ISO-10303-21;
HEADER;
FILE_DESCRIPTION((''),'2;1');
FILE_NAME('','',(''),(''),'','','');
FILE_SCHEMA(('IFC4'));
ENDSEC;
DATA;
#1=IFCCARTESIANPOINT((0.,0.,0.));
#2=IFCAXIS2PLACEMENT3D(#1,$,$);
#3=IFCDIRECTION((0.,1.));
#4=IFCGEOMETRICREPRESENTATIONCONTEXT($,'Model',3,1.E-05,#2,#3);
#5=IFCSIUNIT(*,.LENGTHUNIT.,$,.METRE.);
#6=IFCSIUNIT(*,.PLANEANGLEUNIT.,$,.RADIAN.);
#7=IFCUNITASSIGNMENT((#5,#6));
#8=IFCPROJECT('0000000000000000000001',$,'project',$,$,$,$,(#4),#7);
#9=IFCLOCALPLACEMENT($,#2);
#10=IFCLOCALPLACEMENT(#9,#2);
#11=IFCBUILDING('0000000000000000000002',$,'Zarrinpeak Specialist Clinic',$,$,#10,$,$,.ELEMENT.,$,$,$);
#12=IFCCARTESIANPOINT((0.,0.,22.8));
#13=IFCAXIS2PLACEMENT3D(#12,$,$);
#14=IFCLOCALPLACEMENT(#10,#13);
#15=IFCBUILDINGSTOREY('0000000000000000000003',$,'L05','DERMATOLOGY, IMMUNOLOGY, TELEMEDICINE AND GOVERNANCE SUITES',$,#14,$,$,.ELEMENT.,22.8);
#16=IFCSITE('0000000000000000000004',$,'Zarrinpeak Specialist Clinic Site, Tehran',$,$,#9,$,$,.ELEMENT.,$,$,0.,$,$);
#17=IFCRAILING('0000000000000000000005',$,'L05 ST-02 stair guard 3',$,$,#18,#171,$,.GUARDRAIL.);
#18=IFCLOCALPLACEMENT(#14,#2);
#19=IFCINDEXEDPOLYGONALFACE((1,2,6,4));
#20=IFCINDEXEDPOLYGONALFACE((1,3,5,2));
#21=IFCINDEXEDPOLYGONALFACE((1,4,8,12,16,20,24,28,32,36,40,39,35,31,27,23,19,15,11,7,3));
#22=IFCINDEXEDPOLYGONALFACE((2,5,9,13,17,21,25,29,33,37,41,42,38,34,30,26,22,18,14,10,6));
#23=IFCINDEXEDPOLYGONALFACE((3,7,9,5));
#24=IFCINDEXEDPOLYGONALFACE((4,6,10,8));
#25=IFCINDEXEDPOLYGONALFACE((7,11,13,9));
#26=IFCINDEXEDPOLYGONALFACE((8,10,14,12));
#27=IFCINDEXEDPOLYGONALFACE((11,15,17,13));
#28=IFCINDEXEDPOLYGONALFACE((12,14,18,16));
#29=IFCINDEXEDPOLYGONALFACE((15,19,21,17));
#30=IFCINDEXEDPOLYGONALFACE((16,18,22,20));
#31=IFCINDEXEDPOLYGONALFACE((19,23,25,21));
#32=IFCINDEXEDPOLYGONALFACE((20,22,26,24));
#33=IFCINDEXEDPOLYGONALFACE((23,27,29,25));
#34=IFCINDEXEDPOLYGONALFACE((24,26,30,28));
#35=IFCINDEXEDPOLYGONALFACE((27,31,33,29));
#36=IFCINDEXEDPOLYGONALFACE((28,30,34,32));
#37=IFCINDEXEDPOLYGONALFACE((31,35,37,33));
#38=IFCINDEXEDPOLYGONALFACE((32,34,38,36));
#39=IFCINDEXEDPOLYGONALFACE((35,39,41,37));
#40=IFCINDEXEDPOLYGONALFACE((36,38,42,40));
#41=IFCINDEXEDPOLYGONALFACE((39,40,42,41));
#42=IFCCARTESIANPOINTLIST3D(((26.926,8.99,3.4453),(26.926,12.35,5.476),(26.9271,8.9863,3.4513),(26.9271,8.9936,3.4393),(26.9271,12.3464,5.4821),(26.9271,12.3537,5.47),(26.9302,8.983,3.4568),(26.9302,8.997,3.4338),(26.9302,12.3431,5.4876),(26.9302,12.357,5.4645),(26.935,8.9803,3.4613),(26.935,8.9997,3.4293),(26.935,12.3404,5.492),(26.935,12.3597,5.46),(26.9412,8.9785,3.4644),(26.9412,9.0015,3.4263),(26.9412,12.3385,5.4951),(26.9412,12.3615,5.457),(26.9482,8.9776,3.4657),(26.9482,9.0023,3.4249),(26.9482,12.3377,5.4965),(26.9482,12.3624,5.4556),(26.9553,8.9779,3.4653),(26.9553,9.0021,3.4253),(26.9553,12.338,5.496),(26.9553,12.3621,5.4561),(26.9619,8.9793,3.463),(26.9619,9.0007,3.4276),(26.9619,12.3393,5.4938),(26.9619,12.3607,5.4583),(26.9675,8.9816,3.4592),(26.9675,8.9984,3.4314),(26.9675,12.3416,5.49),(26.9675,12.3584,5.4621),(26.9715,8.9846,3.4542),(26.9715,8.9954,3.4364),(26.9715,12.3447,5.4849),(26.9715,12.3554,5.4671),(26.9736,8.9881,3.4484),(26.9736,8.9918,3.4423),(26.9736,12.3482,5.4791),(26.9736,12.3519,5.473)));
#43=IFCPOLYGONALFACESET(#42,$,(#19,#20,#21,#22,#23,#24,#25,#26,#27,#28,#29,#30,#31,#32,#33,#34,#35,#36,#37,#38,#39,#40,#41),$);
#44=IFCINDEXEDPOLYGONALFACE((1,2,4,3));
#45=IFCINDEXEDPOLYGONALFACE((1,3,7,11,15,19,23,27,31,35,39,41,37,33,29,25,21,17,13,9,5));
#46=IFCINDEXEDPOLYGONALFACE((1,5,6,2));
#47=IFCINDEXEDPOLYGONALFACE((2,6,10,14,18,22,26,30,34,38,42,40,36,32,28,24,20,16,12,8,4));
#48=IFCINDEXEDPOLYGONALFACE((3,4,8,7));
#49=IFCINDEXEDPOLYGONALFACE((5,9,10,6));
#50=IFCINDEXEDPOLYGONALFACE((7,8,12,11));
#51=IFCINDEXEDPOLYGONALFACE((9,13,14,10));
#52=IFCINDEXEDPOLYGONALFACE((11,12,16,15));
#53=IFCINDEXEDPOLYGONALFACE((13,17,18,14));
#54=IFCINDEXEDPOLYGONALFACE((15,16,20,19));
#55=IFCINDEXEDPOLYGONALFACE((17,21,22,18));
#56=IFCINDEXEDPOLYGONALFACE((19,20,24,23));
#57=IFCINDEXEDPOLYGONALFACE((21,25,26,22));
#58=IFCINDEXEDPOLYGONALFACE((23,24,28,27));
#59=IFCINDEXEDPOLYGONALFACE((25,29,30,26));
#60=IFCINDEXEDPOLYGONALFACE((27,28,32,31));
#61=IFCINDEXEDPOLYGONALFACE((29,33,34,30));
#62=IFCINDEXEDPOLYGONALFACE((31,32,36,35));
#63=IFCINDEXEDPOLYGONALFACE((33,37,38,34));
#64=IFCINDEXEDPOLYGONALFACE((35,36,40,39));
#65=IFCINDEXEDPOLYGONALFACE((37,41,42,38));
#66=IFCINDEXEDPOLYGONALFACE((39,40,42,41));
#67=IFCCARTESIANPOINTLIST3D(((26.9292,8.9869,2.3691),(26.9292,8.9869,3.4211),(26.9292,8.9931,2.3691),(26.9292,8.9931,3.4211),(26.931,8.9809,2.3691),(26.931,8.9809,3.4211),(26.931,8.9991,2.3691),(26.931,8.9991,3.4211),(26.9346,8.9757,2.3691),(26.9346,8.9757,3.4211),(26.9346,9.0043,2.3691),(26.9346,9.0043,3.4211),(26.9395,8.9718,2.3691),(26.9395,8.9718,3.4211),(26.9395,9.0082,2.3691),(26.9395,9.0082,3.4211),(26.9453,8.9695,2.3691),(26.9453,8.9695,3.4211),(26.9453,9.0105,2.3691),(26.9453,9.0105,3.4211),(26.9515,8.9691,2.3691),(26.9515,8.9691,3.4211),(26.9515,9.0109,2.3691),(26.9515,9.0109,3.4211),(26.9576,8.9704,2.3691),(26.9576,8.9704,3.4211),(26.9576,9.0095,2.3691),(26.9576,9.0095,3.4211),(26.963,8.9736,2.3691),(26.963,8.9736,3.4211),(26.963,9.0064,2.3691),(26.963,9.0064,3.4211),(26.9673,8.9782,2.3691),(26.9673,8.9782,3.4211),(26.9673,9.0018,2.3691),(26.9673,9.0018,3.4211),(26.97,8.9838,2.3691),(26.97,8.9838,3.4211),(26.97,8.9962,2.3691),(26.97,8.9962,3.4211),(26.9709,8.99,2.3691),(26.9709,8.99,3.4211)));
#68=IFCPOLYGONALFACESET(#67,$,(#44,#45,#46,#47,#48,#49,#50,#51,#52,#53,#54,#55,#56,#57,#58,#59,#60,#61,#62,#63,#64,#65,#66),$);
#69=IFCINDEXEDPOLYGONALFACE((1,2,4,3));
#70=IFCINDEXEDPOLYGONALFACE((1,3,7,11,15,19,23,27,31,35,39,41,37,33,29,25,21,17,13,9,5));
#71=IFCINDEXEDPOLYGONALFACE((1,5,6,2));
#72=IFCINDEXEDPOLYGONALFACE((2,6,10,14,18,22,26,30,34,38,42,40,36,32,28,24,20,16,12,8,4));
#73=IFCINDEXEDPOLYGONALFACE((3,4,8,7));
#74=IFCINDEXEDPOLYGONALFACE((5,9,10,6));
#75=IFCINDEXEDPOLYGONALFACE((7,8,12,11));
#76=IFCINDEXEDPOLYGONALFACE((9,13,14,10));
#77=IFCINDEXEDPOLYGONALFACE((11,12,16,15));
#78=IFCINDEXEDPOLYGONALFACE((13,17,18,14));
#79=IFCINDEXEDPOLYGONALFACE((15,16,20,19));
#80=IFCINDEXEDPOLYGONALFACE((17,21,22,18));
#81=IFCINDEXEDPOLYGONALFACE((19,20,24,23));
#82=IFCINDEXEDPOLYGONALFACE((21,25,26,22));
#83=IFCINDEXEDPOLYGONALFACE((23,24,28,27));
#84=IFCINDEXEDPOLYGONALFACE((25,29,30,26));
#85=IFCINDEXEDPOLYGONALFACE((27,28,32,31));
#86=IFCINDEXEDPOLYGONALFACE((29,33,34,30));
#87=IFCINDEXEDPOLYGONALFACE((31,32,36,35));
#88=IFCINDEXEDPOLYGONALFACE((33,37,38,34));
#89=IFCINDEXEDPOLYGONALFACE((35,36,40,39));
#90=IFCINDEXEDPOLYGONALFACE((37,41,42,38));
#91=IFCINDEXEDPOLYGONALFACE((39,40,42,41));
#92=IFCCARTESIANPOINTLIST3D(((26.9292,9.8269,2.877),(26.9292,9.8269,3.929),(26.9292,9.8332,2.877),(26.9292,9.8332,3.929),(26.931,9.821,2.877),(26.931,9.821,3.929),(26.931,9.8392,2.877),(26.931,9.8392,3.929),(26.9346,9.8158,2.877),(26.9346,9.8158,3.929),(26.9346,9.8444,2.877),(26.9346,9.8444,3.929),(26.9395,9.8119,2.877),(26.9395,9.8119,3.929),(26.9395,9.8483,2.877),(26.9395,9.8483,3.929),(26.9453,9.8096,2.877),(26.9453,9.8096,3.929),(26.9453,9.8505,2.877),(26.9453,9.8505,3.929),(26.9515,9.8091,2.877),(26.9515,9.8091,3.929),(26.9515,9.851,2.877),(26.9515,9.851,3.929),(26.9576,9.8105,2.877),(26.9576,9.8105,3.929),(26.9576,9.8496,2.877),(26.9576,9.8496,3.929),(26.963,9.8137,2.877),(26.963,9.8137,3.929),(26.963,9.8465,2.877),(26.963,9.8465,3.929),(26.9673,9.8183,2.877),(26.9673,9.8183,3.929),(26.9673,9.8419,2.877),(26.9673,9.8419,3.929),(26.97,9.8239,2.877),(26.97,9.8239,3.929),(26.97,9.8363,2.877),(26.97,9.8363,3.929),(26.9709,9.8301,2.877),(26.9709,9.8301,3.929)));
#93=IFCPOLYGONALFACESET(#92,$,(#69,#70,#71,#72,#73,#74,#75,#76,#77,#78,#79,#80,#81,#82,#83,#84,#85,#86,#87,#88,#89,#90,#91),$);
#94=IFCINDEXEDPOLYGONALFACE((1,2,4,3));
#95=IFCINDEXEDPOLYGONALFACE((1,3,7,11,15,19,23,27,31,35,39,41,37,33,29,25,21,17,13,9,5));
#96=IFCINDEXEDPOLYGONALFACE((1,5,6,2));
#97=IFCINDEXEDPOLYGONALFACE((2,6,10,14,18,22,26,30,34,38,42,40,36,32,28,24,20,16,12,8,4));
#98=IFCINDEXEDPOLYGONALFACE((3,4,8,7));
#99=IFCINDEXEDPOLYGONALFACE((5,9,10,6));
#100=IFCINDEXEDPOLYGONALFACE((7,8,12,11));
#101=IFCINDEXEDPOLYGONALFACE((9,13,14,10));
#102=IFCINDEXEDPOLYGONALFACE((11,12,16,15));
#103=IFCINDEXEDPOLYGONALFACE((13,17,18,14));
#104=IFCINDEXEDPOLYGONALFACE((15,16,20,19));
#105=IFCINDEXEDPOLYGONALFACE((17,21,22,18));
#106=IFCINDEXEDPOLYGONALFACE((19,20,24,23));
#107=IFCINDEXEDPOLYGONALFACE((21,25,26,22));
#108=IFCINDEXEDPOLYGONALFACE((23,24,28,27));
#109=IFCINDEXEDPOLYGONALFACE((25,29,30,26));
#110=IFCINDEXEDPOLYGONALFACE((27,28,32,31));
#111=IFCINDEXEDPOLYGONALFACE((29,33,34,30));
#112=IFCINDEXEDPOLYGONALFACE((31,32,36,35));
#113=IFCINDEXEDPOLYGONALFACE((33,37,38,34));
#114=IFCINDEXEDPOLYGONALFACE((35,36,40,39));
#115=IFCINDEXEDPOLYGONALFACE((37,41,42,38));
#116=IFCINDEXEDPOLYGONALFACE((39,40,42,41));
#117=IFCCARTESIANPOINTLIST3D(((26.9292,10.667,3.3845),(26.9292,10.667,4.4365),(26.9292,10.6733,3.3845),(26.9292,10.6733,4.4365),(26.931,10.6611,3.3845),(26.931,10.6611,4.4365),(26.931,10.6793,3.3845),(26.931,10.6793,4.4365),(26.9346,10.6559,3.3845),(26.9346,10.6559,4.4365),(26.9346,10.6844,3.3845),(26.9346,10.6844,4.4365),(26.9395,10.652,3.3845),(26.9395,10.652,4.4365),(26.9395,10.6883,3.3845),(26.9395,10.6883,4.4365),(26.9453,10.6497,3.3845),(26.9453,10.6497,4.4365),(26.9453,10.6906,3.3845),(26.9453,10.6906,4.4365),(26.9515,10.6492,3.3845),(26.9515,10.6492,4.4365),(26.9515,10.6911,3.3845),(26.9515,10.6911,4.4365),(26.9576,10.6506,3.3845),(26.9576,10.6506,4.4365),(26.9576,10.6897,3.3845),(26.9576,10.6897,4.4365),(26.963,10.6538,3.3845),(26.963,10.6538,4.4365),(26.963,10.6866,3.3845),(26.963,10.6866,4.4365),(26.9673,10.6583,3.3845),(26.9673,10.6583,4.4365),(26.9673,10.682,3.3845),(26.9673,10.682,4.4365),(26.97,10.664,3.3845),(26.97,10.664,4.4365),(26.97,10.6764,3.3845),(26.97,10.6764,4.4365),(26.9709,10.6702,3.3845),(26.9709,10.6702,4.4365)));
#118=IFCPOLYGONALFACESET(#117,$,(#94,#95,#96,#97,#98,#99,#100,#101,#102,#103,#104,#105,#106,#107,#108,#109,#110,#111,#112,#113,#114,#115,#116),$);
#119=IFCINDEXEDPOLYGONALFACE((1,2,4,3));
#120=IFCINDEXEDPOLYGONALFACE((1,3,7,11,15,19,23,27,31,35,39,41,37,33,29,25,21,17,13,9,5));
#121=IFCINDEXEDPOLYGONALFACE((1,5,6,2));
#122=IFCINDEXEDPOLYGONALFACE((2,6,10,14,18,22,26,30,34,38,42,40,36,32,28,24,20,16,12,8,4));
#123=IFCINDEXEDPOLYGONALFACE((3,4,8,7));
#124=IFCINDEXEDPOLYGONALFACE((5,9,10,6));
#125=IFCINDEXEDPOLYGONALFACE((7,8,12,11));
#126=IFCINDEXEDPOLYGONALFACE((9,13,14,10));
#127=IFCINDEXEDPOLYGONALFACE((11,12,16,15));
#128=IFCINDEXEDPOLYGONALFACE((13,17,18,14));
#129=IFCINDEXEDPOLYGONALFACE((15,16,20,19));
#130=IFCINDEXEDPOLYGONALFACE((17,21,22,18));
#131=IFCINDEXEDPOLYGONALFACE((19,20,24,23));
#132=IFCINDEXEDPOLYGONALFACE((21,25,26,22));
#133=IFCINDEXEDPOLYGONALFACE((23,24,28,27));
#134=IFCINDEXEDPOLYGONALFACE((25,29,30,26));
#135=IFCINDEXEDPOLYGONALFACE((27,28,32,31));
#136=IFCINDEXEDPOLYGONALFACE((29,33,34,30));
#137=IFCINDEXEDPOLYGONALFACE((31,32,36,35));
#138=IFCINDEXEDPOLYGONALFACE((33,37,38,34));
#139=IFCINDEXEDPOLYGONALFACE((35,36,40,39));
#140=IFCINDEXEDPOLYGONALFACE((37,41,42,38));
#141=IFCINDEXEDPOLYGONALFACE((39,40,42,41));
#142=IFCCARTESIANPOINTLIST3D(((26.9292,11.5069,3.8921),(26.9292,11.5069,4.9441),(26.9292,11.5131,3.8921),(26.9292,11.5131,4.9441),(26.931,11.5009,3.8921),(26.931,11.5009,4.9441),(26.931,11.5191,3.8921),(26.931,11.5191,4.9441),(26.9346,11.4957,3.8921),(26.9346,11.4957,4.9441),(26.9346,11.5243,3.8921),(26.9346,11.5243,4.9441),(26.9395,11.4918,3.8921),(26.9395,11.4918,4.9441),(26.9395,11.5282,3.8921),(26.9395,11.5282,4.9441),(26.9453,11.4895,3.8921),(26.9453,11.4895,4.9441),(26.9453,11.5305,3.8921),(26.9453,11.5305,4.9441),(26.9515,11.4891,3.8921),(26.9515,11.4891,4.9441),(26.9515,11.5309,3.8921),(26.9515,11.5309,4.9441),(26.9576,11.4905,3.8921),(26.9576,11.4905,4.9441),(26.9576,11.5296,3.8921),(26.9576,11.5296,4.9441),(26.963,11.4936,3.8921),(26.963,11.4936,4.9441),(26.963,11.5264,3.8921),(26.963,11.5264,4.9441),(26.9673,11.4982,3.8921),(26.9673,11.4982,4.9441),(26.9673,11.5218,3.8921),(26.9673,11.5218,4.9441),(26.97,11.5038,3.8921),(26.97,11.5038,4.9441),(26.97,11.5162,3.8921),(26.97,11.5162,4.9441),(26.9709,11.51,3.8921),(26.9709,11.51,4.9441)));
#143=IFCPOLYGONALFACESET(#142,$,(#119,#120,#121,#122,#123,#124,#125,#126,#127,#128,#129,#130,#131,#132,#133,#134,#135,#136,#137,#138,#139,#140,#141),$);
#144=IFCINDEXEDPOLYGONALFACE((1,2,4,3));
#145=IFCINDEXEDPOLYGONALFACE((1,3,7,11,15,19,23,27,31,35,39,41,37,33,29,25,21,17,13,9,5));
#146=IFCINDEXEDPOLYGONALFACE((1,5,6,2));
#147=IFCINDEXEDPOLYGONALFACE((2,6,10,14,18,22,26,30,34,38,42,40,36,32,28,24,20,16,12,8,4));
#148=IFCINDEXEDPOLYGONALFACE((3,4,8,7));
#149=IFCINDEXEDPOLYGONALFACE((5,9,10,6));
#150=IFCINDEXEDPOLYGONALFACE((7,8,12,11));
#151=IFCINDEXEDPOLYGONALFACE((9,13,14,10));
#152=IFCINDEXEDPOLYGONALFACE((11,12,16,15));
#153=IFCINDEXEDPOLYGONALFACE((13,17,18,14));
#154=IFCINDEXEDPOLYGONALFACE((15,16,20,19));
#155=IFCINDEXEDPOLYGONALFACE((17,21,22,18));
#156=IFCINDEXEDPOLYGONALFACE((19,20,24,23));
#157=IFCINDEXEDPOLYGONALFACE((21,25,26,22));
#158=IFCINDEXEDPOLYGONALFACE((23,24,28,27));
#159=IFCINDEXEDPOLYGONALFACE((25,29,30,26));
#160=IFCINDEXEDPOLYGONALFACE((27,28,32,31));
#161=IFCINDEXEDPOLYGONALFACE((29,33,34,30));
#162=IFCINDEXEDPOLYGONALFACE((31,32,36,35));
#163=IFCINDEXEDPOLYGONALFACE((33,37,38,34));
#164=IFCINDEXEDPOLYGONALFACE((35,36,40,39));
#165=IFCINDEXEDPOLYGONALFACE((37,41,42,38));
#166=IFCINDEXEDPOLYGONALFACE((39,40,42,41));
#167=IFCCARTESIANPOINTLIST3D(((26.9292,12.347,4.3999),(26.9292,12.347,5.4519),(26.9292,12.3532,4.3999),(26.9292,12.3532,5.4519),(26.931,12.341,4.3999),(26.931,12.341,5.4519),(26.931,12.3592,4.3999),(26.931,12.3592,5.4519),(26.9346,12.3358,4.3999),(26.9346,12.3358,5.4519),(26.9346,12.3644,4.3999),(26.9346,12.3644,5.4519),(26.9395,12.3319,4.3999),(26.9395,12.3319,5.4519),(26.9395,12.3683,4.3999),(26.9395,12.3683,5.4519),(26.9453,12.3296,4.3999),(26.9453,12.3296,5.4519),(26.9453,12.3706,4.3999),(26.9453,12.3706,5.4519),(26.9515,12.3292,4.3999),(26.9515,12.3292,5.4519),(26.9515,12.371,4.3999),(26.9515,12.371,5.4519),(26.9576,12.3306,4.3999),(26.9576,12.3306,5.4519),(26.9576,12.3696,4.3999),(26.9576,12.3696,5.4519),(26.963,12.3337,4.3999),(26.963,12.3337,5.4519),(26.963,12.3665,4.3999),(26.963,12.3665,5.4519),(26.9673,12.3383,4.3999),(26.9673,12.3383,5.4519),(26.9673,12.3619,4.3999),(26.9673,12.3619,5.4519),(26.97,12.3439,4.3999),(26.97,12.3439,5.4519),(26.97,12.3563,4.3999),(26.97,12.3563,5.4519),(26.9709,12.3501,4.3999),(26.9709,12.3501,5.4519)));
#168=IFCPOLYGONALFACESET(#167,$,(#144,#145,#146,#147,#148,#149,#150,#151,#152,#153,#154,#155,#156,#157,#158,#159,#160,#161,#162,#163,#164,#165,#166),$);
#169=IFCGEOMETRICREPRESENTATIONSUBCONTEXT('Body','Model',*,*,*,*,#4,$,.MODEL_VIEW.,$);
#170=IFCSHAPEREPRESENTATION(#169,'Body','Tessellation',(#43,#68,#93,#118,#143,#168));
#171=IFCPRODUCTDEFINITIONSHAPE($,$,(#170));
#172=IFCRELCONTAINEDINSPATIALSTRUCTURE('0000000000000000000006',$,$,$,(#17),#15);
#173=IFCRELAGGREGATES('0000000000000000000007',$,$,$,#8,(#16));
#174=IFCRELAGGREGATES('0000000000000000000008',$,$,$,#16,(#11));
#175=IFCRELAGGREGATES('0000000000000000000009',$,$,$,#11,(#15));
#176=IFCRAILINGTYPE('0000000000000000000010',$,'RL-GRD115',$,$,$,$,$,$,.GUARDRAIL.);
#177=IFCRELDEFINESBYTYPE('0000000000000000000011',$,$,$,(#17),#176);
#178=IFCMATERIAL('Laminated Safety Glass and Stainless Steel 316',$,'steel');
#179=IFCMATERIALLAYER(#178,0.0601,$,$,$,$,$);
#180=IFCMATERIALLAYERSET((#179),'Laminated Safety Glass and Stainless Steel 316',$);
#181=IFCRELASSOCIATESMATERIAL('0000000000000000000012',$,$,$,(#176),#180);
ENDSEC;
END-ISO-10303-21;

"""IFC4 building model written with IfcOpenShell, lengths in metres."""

from ifc_helpers import new_model, si_unit, direction, frame, origin, origin_2d, place, context, subcontext, project, spatial, circle, extrude, material, layer, layer_set, type_object, element, save


model = new_model("IFC4")

# Units and contexts
model_context = context("Model", 3, precision=1e-05, world=origin(), true_north=direction((0.0, 1.0)))
body_context = subcontext(model_context, "Body", "Model", "MODEL_VIEW")
ifc_project = project(units=[si_unit("LENGTHUNIT", "METRE"), si_unit("PLANEANGLEUNIT", "RADIAN")], contexts=[model_context])

# Site, building, storey
site_placement = place(None, origin())
site = spatial("IfcSite", under=ifc_project, at=site_placement, Name="Zarrinpeak Specialist Clinic Site, Tehran", CompositionType="ELEMENT", RefElevation=0.0)
building_placement = place(site_placement, origin())
building = spatial("IfcBuilding", under=site, at=building_placement, Name="Zarrinpeak Specialist Clinic", CompositionType="ELEMENT")
storey_placement = place(building_placement, frame((0.0, 0.0, 22.8)))
storey = spatial("IfcBuildingStorey", under=building, at=storey_placement, Name="L05", Description="DERMATOLOGY, IMMUNOLOGY, TELEMEDICINE AND GOVERNANCE SUITES", CompositionType="ELEMENT", Elevation=22.8)

# Railing
ifc_material_1 = material(Name="Laminated Safety Glass and Stainless Steel 316", Category="steel")
ifc_layer_1 = layer(ifc_material_1, 0.0601)
ifc_layer_set_1 = layer_set([ifc_layer_1], Name="Laminated Safety Glass and Stainless Steel 316")
railing_type = type_object("IfcRailingType", Name="RL-GRD115", PredefinedType="GUARDRAIL", material=ifc_layer_set_1)
railing_1_placement = place(storey_placement, frame((26.95, 8.99, 2.3691)))
element("IfcRailing", 1, at=railing_1_placement, inside=storey, type_object=railing_type, Name="L05 ST-02 stair guard 3", PredefinedType="GUARDRAIL", context=body_context, shape_type="SweptSolid", body=[
    extrude(circle(Radius=0.0239, at=origin_2d()), frame((0.0, 0.0, 1.0762), z_axis=(0.0, 0.855837, 0.517246), x_axis=(-1.0, 0.0, 0.0)), (0.0, 0.0, 1.0), 3.926),
    extrude(circle(Radius=0.021, at=origin_2d()), origin(), (0.0, 0.0, 1.0), 1.052),
    extrude(circle(Radius=0.021, at=origin_2d()), frame((0.0, 0.8401, 0.5078)), (0.0, 0.0, 1.0), 1.052),
    extrude(circle(Radius=0.021, at=origin_2d()), frame((0.0, 1.6802, 1.0154)), (0.0, 0.0, 1.0), 1.052),
    extrude(circle(Radius=0.021, at=origin_2d()), frame((0.0, 2.52, 1.5229)), (0.0, 0.0, 1.0), 1.052),
    extrude(circle(Radius=0.021, at=origin_2d()), frame((0.0, 3.3601, 2.0308)), (0.0, 0.0, 1.0), 1.052),
])

save(model, "model.ifc")
